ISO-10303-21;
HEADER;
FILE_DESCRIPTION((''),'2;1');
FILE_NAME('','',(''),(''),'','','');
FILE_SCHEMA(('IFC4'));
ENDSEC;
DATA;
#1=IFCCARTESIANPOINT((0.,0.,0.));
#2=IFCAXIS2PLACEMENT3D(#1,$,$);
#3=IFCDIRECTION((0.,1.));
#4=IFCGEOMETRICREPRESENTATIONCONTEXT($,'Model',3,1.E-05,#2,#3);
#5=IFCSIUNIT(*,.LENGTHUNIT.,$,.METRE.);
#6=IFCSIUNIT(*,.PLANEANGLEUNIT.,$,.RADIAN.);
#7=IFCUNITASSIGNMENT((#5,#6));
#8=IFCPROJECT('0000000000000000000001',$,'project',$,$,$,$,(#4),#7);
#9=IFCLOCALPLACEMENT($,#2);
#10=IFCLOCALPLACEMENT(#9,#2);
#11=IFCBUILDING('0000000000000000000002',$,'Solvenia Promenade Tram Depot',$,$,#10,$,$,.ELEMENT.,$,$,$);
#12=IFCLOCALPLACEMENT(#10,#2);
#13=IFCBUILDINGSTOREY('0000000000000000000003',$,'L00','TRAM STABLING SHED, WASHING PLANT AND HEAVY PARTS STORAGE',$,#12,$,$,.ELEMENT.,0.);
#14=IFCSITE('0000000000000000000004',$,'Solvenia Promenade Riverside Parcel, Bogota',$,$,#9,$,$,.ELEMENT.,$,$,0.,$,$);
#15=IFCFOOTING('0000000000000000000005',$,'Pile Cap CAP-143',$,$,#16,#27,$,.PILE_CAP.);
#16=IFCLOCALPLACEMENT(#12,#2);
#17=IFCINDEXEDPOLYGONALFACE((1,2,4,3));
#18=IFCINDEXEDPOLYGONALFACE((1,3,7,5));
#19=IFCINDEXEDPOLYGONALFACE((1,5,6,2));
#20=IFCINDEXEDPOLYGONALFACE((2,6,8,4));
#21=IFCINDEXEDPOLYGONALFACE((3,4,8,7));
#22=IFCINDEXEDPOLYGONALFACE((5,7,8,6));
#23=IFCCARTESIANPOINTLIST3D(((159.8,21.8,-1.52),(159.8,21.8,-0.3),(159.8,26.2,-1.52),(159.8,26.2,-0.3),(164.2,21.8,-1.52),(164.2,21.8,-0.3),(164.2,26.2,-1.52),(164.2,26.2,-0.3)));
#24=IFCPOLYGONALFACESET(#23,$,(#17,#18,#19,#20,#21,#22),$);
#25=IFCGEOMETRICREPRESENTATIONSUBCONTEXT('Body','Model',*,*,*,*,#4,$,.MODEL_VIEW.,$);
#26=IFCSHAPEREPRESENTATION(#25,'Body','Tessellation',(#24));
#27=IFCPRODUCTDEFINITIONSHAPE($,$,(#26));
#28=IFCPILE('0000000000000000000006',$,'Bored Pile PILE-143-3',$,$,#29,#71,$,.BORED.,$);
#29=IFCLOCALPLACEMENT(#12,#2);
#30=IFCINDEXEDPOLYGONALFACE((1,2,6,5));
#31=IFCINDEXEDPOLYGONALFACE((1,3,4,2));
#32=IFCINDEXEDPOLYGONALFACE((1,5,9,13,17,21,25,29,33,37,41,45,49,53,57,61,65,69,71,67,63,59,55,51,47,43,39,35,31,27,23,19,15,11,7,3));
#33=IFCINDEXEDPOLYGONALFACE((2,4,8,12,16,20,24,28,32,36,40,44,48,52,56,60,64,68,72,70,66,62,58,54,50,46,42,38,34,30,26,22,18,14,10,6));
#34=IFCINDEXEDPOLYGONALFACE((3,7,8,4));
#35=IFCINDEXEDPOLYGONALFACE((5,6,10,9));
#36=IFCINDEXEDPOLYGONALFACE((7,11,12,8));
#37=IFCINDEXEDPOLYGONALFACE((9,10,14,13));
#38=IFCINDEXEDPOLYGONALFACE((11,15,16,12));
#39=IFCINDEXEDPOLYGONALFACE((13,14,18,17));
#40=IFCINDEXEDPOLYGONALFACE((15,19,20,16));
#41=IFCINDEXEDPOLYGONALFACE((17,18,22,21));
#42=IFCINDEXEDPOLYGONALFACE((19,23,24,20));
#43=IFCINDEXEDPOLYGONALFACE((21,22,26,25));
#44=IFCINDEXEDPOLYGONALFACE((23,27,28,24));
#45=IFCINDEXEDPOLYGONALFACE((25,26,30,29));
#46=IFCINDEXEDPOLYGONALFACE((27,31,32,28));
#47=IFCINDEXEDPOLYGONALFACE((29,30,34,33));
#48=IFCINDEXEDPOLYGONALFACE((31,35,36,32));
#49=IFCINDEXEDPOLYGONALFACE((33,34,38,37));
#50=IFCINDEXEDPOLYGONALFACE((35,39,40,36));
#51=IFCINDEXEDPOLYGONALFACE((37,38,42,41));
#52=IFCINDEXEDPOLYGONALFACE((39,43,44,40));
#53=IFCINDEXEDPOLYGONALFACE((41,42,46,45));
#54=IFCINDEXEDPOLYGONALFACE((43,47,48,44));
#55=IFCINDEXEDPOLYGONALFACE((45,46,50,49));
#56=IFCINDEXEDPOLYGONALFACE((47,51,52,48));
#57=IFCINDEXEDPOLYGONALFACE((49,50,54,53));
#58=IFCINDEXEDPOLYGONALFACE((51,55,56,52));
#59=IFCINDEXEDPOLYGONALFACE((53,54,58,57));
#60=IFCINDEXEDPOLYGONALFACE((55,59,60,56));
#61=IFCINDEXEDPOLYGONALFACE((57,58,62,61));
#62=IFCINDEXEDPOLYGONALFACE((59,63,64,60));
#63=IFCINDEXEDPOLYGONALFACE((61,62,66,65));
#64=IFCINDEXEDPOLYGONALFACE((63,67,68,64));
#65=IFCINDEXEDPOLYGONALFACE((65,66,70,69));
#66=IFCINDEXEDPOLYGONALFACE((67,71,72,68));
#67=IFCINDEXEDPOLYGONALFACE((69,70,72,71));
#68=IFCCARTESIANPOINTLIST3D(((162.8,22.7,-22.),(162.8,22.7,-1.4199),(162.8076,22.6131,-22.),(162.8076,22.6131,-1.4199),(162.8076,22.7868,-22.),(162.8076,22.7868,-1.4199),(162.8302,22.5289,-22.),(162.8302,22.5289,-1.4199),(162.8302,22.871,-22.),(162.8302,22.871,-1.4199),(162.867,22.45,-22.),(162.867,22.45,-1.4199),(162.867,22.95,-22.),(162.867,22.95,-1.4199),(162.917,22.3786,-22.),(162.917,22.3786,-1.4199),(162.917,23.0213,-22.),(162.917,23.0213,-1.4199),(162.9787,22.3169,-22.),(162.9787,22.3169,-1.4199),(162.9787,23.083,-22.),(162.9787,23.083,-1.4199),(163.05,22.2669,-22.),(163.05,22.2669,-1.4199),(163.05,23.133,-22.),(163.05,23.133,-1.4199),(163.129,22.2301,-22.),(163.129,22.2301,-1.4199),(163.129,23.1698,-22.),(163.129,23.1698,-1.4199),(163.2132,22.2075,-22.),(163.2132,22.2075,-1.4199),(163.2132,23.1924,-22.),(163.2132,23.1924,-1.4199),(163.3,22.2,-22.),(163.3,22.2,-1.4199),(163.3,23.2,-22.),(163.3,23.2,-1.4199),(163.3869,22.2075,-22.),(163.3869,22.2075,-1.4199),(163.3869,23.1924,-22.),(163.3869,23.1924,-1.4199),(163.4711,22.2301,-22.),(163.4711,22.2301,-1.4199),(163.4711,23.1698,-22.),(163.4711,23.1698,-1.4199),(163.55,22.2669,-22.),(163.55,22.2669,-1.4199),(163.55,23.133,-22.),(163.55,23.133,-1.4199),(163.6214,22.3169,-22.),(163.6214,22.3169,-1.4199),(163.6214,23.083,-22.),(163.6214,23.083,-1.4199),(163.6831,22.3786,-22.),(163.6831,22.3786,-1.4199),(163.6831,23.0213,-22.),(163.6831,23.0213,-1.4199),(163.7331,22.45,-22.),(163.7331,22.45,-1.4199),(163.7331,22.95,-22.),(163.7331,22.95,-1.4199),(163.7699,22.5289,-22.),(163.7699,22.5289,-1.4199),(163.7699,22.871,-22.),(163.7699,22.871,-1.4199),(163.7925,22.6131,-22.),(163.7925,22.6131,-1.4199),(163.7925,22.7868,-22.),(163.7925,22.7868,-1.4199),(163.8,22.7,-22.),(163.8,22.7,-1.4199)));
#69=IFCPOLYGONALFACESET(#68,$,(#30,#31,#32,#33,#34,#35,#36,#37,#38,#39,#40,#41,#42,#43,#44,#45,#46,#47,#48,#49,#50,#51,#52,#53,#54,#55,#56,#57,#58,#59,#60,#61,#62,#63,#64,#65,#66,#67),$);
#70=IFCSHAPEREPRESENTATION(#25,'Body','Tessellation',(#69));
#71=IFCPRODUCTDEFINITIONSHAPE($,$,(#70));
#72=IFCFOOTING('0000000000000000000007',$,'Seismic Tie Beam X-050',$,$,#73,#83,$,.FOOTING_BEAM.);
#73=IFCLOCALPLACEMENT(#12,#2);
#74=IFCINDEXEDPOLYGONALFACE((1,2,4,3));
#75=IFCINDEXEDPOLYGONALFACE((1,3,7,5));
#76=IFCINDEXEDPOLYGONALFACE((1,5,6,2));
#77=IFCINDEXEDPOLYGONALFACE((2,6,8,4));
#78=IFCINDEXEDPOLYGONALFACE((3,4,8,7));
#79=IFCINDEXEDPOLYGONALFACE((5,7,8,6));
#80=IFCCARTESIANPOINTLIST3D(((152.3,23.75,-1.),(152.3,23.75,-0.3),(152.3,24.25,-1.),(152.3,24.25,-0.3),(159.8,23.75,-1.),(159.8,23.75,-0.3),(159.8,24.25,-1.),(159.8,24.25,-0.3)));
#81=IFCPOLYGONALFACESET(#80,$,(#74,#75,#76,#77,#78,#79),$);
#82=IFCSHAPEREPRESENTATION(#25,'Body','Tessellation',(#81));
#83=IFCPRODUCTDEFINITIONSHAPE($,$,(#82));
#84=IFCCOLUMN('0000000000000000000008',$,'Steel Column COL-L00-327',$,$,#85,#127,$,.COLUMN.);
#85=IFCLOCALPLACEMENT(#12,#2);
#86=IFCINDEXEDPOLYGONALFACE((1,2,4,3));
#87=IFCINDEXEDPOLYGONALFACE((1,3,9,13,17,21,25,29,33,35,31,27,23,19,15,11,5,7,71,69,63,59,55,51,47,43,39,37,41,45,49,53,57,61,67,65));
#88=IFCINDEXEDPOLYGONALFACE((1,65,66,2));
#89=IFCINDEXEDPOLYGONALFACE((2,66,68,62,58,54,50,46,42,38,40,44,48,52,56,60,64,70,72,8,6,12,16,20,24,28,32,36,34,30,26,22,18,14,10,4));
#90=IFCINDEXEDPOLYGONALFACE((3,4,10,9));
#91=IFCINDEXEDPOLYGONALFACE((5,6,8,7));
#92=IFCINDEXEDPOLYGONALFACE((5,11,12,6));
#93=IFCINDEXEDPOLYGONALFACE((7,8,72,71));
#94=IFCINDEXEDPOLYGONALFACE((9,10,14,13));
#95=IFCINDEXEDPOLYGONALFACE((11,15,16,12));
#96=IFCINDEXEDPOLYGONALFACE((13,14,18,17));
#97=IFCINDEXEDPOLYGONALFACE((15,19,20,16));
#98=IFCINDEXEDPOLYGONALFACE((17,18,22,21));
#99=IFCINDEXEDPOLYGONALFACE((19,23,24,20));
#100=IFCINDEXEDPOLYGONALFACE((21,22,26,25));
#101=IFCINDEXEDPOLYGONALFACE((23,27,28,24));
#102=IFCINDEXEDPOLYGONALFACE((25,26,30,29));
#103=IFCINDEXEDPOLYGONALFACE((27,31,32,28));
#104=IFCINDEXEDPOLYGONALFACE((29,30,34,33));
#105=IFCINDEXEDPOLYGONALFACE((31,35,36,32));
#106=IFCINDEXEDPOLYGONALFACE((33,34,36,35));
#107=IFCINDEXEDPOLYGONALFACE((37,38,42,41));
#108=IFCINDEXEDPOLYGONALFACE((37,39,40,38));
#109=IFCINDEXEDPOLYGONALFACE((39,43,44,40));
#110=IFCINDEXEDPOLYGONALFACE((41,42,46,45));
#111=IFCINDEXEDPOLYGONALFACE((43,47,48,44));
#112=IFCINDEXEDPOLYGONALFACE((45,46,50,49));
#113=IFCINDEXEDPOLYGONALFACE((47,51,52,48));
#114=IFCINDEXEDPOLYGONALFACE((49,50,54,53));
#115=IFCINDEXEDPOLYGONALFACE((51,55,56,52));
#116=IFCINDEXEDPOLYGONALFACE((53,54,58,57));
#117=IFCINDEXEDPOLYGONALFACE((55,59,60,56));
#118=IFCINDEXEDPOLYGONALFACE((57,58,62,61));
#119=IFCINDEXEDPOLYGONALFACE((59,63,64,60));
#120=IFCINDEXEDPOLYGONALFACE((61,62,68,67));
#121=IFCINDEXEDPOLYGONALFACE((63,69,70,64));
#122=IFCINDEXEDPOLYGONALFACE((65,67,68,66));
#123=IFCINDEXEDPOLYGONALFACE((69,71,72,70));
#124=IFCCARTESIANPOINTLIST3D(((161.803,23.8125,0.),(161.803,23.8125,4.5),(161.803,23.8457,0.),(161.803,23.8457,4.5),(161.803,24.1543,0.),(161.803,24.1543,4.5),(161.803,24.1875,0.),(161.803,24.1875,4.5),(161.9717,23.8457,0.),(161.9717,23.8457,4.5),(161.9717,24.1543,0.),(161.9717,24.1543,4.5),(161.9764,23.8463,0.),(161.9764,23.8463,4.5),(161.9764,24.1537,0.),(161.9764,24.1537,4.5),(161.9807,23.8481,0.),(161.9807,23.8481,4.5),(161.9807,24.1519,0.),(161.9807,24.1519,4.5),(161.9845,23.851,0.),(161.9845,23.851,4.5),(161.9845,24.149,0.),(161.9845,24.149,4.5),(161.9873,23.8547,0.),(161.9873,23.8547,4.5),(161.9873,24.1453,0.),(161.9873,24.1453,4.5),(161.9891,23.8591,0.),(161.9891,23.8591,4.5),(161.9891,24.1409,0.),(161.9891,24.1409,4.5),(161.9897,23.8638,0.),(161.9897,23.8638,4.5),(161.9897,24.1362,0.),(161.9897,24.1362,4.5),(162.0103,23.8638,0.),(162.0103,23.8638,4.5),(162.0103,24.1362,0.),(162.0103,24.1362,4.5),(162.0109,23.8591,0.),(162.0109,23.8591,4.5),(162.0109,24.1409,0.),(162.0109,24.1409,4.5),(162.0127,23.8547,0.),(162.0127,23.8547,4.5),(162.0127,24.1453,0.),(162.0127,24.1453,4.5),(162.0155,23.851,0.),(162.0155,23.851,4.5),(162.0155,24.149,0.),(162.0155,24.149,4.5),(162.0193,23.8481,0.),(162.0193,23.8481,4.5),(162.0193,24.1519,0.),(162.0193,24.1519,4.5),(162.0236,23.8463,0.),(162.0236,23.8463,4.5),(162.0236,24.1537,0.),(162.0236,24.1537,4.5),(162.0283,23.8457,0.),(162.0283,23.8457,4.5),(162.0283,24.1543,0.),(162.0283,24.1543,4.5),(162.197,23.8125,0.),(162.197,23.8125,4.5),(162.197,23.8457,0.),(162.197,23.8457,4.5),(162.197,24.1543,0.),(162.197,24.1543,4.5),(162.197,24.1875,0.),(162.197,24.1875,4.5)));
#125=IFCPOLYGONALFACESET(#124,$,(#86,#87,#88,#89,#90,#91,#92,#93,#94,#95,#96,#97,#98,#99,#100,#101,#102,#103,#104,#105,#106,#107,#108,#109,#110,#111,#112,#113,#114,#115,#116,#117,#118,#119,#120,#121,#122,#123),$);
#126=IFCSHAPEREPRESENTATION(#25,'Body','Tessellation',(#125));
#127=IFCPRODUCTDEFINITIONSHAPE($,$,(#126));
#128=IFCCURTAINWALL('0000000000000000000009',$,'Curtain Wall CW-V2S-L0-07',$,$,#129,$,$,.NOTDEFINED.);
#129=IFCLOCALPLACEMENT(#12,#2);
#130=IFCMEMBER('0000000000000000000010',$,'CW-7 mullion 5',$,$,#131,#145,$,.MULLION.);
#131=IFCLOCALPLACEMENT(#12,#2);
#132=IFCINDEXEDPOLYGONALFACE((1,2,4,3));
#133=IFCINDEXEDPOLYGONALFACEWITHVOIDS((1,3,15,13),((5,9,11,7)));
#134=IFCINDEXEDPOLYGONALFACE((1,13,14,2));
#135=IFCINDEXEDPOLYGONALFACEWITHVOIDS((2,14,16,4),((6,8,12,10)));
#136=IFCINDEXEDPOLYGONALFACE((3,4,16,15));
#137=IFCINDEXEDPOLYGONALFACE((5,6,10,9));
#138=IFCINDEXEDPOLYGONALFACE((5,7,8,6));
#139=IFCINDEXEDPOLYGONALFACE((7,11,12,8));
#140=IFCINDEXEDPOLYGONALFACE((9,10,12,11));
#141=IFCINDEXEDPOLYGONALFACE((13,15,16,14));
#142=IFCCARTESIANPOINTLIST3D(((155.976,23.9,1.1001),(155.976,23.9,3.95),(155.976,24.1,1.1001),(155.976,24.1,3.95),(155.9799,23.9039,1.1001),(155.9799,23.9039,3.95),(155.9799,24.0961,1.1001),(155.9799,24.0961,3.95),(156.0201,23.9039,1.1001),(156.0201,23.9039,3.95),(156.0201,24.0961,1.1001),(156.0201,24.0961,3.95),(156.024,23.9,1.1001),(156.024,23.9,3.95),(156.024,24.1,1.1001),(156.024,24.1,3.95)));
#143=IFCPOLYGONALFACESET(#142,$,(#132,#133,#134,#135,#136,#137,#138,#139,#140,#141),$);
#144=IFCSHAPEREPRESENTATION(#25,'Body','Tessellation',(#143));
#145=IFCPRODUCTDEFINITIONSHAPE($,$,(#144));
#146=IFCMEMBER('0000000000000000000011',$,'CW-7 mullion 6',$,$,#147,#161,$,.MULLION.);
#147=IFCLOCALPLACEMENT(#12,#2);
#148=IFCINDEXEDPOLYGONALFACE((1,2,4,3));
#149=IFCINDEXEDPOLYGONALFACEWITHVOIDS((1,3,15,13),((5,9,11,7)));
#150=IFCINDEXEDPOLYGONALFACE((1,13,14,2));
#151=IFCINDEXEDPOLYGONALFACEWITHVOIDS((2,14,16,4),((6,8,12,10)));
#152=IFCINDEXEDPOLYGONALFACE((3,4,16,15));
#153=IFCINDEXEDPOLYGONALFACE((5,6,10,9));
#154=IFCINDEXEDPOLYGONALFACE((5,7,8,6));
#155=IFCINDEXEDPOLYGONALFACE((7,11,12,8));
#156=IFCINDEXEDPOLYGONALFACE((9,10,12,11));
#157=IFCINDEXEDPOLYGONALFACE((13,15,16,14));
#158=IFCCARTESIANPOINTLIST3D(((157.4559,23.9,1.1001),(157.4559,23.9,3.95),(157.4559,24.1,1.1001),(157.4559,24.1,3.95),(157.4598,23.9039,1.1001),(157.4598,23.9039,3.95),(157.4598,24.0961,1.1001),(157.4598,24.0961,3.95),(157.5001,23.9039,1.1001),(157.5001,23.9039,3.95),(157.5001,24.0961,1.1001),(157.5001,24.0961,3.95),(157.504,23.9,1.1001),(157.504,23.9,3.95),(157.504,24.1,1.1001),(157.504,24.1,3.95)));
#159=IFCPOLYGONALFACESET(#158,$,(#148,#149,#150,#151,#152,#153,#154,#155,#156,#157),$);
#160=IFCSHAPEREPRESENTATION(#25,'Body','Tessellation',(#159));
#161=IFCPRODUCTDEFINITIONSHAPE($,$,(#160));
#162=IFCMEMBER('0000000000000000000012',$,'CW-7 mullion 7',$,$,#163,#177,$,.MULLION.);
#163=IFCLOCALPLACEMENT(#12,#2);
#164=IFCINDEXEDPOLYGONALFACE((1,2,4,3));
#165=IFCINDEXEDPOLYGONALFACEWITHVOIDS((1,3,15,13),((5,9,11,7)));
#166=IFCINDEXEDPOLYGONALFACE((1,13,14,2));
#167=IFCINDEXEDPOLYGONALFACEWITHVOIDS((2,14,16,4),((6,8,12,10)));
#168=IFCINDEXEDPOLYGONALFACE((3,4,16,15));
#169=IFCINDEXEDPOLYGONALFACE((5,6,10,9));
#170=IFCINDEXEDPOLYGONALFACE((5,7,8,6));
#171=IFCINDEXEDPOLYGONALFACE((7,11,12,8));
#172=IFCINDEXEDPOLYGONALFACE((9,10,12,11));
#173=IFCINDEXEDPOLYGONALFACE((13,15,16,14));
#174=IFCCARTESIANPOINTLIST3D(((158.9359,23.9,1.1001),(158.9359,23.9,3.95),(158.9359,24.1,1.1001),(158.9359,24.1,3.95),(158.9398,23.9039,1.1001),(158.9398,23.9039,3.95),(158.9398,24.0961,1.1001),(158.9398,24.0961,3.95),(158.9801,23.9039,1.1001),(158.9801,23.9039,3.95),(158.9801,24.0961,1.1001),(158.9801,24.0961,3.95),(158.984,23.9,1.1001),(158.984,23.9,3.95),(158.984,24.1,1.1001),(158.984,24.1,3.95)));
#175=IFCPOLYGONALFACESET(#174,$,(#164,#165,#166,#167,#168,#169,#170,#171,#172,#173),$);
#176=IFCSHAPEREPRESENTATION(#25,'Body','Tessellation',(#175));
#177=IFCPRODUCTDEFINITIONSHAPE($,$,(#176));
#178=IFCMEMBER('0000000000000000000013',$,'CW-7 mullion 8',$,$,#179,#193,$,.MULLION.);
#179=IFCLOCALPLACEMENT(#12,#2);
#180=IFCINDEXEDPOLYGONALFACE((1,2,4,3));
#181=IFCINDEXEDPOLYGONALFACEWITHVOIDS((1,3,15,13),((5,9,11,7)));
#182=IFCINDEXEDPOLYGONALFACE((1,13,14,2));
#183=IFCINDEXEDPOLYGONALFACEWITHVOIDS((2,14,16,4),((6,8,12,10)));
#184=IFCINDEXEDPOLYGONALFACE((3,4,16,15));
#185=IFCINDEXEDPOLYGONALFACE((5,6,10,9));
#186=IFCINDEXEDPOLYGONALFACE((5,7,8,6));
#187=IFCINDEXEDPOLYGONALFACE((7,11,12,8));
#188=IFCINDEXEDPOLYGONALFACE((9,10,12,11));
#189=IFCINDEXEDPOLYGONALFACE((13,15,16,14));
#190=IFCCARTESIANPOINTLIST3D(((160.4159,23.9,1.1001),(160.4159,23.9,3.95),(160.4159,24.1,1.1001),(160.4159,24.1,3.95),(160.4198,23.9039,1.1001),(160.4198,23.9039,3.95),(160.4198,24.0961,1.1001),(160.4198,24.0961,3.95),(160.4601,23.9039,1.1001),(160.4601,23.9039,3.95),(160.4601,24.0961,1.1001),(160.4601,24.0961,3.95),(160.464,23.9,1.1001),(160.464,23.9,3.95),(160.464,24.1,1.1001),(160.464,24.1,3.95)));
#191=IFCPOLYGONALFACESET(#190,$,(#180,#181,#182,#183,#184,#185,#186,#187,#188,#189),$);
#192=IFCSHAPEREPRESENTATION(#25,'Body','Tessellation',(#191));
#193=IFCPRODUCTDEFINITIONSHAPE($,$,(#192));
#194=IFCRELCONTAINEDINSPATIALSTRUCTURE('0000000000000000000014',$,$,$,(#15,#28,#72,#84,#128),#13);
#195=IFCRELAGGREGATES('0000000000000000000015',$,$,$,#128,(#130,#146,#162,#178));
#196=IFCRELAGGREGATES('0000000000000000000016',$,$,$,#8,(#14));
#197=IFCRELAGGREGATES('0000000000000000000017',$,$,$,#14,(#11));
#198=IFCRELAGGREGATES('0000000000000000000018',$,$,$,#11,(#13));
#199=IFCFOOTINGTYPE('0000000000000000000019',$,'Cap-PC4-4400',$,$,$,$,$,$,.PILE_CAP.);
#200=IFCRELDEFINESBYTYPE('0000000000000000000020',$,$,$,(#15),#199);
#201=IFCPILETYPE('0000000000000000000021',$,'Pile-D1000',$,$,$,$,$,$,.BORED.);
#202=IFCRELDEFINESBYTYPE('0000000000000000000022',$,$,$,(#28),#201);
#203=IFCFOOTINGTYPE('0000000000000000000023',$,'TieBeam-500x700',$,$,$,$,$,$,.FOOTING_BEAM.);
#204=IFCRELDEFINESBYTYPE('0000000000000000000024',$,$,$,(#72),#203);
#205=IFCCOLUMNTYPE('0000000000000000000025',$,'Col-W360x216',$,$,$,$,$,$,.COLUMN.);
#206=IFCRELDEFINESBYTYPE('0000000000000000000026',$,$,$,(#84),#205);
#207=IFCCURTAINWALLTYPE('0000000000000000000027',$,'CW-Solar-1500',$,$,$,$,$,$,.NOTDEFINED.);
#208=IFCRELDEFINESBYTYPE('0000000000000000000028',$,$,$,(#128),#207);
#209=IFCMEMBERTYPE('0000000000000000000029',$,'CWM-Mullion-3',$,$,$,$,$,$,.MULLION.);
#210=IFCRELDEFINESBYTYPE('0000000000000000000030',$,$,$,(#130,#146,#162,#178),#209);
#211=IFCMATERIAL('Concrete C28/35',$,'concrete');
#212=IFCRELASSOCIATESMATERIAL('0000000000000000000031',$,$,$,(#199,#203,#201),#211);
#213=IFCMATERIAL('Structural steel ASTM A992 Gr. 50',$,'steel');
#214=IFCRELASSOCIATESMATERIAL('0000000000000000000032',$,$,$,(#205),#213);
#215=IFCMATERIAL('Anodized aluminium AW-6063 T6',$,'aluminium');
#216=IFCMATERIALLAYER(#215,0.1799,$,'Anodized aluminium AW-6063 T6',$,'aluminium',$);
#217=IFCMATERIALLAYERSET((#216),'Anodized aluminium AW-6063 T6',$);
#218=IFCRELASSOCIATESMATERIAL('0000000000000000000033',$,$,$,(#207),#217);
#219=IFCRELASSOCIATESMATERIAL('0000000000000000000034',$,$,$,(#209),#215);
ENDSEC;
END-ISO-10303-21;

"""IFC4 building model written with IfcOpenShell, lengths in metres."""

from ifc_helpers import new_model, si_unit, direction, frame, origin, origin_2d, place, context, subcontext, project, spatial, rectangle, hollow_rectangle, circle, i_section, extrude, material, layer, layer_set, material_profile, profile_set, type_object, element, aggregate, save


model = new_model("IFC4")

# Units and contexts
model_context = context("Model", 3, precision=1e-05, world=origin(), true_north=direction((0.0, 1.0)))
body_context = subcontext(model_context, "Body", "Model", "MODEL_VIEW")
ifc_project = project(units=[si_unit("LENGTHUNIT", "METRE"), si_unit("PLANEANGLEUNIT", "RADIAN")], contexts=[model_context])

# Site, building, storey
site_placement = place(None, origin())
site = spatial("IfcSite", under=ifc_project, at=site_placement, Name="Solvenia Promenade Riverside Parcel, Bogota", CompositionType="ELEMENT", RefElevation=0.0)
building_placement = place(site_placement, origin())
building = spatial("IfcBuilding", under=site, at=building_placement, Name="Solvenia Promenade Tram Depot", CompositionType="ELEMENT")
storey_placement = place(building_placement, origin())
storey = spatial("IfcBuildingStorey", under=building, at=storey_placement, Name="L00", Description="TRAM STABLING SHED, WASHING PLANT AND HEAVY PARTS STORAGE", CompositionType="ELEMENT", Elevation=0.0)

# Footing
ifc_material_1 = material(Name="Concrete C28/35", Category="concrete")
footing_type_1 = type_object("IfcFootingType", Name="Cap-PC4-4400", PredefinedType="PILE_CAP", material=ifc_material_1)
footing_1_placement = place(storey_placement, frame((162.0, 24.0, -1.52), z_axis=(0.0, 0.0, 1.0), x_axis=(1.0, 0.0, 0.0)))
element("IfcFooting", 1, at=footing_1_placement, inside=storey, type_object=footing_type_1, Name="Pile Cap CAP-143", PredefinedType="PILE_CAP", context=body_context, shape_type="SweptSolid", body=[
    extrude(rectangle(XDim=4.3999, YDim=4.3999, at=origin_2d()), origin(), (0.0, 0.0, 1.0), 1.22),
])

# Pile
ifc_material_profile_1 = material_profile(ifc_material_1, circle(Radius=0.5, at=origin_2d()), Name="D1000", Category="concrete")
ifc_profile_set_1 = profile_set([ifc_material_profile_1], Name="Concrete C28/35")
pile_type = type_object("IfcPileType", Name="Pile-D1000", PredefinedType="BORED", material=ifc_profile_set_1)
pile_placement = place(storey_placement, frame((163.3, 22.7, -1.4199), z_axis=(0.0, 0.0, -1.0), x_axis=(1.0, 0.0, 0.0)))
element("IfcPile", 2, at=pile_placement, inside=storey, type_object=pile_type, Name="Bored Pile PILE-143-3", PredefinedType="BORED", context=body_context, shape_type="SweptSolid", body=[
    extrude(circle(Radius=0.5, at=origin_2d()), origin(), (0.0, 0.0, 1.0), 20.5801),
])

# Footing
footing_type_2 = type_object("IfcFootingType", Name="TieBeam-500x700", PredefinedType="FOOTING_BEAM", material=ifc_material_1)
footing_2_placement = place(storey_placement, frame((156.05, 24.0, -1.0), z_axis=(0.0, 0.0, 1.0), x_axis=(1.0, 0.0, 0.0)))
element("IfcFooting", 3, at=footing_2_placement, inside=storey, type_object=footing_type_2, Name="Seismic Tie Beam X-050", PredefinedType="FOOTING_BEAM", context=body_context, shape_type="SweptSolid", body=[
    extrude(rectangle(XDim=7.5, YDim=0.5, at=origin_2d()), origin(), (0.0, 0.0, 1.0), 0.7),
])

# Column
ifc_material_2 = material(Name="Structural steel ASTM A992 Gr. 50", Category="steel")
ifc_material_profile_2 = material_profile(ifc_material_2, i_section(OverallWidth=0.394, OverallDepth=0.375, WebThickness=0.0205, FlangeThickness=0.0332, FilletRadius=0.0181, at=origin_2d()), Name="W360x216", Category="steel")
ifc_profile_set_2 = profile_set([ifc_material_profile_2], Name="Structural steel ASTM A992 Gr. 50")
column_type = type_object("IfcColumnType", Name="Col-W360x216", PredefinedType="COLUMN", material=ifc_profile_set_2)
column_placement = place(storey_placement, frame((162.0, 24.0, 0.0), z_axis=(0.0, 0.0, 1.0), x_axis=(1.0, 0.0, 0.0)))
element("IfcColumn", 4, at=column_placement, inside=storey, type_object=column_type, Name="Steel Column COL-L00-327", PredefinedType="COLUMN", context=body_context, shape_type="SweptSolid", body=[
    extrude(i_section(OverallWidth=0.394, OverallDepth=0.375, WebThickness=0.0205, FlangeThickness=0.0332, FilletRadius=0.0181, at=origin_2d()), origin(), (0.0, 0.0, 1.0), 4.5),
])

# Curtain wall, members
ifc_material_3 = material(Name="Anodized aluminium AW-6063 T6", Category="aluminium")
ifc_layer_1 = layer(ifc_material_3, 0.1799, Name="Anodized aluminium AW-6063 T6", Category="aluminium")
ifc_layer_set_1 = layer_set([ifc_layer_1], Name="Anodized aluminium AW-6063 T6")
curtain_wall_type = type_object("IfcCurtainWallType", Name="CW-Solar-1500", PredefinedType="NOTDEFINED", material=ifc_layer_set_1)
curtain_wall_placement = place(storey_placement, origin())
curtain_wall = element("IfcCurtainWall", 5, at=curtain_wall_placement, inside=storey, type_object=curtain_wall_type, Name="Curtain Wall CW-V2S-L0-07", PredefinedType="NOTDEFINED")
ifc_material_profile_3 = material_profile(ifc_material_3, hollow_rectangle(XDim=0.2, YDim=0.0481, WallThickness=0.0039, at=origin_2d()), Name="ALU-M3", Category="aluminium")
ifc_profile_set_3 = profile_set([ifc_material_profile_3], Name="Anodized aluminium AW-6063 T6")
member_type_1 = type_object("IfcMemberType", Name="CWM-Mullion-3", PredefinedType="MULLION", material=ifc_profile_set_3)
member_1_placement = place(storey_placement, frame((156.0, 24.0, 1.1001), z_axis=(0.0, 0.0, 1.0), x_axis=(0.0, 1.0, 0.0)))
member_1 = element("IfcMember", 6, at=member_1_placement, type_object=member_type_1, Name="CW-7 mullion 5", PredefinedType="MULLION", context=body_context, shape_type="SweptSolid", body=[
    extrude(hollow_rectangle(XDim=0.2, YDim=0.0481, WallThickness=0.0039, at=origin_2d()), origin(), (0.0, 0.0, 1.0), 2.8499),
])
member_2_placement = place(storey_placement, frame((157.48, 24.0, 1.1001), z_axis=(0.0, 0.0, 1.0), x_axis=(0.0, 1.0, 0.0)))
member_2 = element("IfcMember", 7, at=member_2_placement, type_object=member_type_1, Name="CW-7 mullion 6", PredefinedType="MULLION", context=body_context, shape_type="SweptSolid", body=[
    extrude(hollow_rectangle(XDim=0.2, YDim=0.0481, WallThickness=0.0039, at=origin_2d()), origin(), (0.0, 0.0, 1.0), 2.8499),
])
member_3_placement = place(storey_placement, frame((158.96, 24.0, 1.1001), z_axis=(0.0, 0.0, 1.0), x_axis=(0.0, 1.0, 0.0)))
member_3 = element("IfcMember", 8, at=member_3_placement, type_object=member_type_1, Name="CW-7 mullion 7", PredefinedType="MULLION", context=body_context, shape_type="SweptSolid", body=[
    extrude(hollow_rectangle(XDim=0.2, YDim=0.0481, WallThickness=0.0039, at=origin_2d()), origin(), (0.0, 0.0, 1.0), 2.8499),
])
member_4_placement = place(storey_placement, frame((160.4399, 24.0, 1.1001), z_axis=(0.0, 0.0, 1.0), x_axis=(0.0, 1.0, 0.0)))
member_4 = element("IfcMember", 9, at=member_4_placement, type_object=member_type_1, Name="CW-7 mullion 8", PredefinedType="MULLION", context=body_context, shape_type="SweptSolid", body=[
    extrude(hollow_rectangle(XDim=0.2, YDim=0.0481, WallThickness=0.0039, at=origin_2d()), origin(), (0.0, 0.0, 1.0), 2.8499),
])
aggregate(curtain_wall, [member_1, member_2, member_3, member_4])

save(model, "model.ifc")
